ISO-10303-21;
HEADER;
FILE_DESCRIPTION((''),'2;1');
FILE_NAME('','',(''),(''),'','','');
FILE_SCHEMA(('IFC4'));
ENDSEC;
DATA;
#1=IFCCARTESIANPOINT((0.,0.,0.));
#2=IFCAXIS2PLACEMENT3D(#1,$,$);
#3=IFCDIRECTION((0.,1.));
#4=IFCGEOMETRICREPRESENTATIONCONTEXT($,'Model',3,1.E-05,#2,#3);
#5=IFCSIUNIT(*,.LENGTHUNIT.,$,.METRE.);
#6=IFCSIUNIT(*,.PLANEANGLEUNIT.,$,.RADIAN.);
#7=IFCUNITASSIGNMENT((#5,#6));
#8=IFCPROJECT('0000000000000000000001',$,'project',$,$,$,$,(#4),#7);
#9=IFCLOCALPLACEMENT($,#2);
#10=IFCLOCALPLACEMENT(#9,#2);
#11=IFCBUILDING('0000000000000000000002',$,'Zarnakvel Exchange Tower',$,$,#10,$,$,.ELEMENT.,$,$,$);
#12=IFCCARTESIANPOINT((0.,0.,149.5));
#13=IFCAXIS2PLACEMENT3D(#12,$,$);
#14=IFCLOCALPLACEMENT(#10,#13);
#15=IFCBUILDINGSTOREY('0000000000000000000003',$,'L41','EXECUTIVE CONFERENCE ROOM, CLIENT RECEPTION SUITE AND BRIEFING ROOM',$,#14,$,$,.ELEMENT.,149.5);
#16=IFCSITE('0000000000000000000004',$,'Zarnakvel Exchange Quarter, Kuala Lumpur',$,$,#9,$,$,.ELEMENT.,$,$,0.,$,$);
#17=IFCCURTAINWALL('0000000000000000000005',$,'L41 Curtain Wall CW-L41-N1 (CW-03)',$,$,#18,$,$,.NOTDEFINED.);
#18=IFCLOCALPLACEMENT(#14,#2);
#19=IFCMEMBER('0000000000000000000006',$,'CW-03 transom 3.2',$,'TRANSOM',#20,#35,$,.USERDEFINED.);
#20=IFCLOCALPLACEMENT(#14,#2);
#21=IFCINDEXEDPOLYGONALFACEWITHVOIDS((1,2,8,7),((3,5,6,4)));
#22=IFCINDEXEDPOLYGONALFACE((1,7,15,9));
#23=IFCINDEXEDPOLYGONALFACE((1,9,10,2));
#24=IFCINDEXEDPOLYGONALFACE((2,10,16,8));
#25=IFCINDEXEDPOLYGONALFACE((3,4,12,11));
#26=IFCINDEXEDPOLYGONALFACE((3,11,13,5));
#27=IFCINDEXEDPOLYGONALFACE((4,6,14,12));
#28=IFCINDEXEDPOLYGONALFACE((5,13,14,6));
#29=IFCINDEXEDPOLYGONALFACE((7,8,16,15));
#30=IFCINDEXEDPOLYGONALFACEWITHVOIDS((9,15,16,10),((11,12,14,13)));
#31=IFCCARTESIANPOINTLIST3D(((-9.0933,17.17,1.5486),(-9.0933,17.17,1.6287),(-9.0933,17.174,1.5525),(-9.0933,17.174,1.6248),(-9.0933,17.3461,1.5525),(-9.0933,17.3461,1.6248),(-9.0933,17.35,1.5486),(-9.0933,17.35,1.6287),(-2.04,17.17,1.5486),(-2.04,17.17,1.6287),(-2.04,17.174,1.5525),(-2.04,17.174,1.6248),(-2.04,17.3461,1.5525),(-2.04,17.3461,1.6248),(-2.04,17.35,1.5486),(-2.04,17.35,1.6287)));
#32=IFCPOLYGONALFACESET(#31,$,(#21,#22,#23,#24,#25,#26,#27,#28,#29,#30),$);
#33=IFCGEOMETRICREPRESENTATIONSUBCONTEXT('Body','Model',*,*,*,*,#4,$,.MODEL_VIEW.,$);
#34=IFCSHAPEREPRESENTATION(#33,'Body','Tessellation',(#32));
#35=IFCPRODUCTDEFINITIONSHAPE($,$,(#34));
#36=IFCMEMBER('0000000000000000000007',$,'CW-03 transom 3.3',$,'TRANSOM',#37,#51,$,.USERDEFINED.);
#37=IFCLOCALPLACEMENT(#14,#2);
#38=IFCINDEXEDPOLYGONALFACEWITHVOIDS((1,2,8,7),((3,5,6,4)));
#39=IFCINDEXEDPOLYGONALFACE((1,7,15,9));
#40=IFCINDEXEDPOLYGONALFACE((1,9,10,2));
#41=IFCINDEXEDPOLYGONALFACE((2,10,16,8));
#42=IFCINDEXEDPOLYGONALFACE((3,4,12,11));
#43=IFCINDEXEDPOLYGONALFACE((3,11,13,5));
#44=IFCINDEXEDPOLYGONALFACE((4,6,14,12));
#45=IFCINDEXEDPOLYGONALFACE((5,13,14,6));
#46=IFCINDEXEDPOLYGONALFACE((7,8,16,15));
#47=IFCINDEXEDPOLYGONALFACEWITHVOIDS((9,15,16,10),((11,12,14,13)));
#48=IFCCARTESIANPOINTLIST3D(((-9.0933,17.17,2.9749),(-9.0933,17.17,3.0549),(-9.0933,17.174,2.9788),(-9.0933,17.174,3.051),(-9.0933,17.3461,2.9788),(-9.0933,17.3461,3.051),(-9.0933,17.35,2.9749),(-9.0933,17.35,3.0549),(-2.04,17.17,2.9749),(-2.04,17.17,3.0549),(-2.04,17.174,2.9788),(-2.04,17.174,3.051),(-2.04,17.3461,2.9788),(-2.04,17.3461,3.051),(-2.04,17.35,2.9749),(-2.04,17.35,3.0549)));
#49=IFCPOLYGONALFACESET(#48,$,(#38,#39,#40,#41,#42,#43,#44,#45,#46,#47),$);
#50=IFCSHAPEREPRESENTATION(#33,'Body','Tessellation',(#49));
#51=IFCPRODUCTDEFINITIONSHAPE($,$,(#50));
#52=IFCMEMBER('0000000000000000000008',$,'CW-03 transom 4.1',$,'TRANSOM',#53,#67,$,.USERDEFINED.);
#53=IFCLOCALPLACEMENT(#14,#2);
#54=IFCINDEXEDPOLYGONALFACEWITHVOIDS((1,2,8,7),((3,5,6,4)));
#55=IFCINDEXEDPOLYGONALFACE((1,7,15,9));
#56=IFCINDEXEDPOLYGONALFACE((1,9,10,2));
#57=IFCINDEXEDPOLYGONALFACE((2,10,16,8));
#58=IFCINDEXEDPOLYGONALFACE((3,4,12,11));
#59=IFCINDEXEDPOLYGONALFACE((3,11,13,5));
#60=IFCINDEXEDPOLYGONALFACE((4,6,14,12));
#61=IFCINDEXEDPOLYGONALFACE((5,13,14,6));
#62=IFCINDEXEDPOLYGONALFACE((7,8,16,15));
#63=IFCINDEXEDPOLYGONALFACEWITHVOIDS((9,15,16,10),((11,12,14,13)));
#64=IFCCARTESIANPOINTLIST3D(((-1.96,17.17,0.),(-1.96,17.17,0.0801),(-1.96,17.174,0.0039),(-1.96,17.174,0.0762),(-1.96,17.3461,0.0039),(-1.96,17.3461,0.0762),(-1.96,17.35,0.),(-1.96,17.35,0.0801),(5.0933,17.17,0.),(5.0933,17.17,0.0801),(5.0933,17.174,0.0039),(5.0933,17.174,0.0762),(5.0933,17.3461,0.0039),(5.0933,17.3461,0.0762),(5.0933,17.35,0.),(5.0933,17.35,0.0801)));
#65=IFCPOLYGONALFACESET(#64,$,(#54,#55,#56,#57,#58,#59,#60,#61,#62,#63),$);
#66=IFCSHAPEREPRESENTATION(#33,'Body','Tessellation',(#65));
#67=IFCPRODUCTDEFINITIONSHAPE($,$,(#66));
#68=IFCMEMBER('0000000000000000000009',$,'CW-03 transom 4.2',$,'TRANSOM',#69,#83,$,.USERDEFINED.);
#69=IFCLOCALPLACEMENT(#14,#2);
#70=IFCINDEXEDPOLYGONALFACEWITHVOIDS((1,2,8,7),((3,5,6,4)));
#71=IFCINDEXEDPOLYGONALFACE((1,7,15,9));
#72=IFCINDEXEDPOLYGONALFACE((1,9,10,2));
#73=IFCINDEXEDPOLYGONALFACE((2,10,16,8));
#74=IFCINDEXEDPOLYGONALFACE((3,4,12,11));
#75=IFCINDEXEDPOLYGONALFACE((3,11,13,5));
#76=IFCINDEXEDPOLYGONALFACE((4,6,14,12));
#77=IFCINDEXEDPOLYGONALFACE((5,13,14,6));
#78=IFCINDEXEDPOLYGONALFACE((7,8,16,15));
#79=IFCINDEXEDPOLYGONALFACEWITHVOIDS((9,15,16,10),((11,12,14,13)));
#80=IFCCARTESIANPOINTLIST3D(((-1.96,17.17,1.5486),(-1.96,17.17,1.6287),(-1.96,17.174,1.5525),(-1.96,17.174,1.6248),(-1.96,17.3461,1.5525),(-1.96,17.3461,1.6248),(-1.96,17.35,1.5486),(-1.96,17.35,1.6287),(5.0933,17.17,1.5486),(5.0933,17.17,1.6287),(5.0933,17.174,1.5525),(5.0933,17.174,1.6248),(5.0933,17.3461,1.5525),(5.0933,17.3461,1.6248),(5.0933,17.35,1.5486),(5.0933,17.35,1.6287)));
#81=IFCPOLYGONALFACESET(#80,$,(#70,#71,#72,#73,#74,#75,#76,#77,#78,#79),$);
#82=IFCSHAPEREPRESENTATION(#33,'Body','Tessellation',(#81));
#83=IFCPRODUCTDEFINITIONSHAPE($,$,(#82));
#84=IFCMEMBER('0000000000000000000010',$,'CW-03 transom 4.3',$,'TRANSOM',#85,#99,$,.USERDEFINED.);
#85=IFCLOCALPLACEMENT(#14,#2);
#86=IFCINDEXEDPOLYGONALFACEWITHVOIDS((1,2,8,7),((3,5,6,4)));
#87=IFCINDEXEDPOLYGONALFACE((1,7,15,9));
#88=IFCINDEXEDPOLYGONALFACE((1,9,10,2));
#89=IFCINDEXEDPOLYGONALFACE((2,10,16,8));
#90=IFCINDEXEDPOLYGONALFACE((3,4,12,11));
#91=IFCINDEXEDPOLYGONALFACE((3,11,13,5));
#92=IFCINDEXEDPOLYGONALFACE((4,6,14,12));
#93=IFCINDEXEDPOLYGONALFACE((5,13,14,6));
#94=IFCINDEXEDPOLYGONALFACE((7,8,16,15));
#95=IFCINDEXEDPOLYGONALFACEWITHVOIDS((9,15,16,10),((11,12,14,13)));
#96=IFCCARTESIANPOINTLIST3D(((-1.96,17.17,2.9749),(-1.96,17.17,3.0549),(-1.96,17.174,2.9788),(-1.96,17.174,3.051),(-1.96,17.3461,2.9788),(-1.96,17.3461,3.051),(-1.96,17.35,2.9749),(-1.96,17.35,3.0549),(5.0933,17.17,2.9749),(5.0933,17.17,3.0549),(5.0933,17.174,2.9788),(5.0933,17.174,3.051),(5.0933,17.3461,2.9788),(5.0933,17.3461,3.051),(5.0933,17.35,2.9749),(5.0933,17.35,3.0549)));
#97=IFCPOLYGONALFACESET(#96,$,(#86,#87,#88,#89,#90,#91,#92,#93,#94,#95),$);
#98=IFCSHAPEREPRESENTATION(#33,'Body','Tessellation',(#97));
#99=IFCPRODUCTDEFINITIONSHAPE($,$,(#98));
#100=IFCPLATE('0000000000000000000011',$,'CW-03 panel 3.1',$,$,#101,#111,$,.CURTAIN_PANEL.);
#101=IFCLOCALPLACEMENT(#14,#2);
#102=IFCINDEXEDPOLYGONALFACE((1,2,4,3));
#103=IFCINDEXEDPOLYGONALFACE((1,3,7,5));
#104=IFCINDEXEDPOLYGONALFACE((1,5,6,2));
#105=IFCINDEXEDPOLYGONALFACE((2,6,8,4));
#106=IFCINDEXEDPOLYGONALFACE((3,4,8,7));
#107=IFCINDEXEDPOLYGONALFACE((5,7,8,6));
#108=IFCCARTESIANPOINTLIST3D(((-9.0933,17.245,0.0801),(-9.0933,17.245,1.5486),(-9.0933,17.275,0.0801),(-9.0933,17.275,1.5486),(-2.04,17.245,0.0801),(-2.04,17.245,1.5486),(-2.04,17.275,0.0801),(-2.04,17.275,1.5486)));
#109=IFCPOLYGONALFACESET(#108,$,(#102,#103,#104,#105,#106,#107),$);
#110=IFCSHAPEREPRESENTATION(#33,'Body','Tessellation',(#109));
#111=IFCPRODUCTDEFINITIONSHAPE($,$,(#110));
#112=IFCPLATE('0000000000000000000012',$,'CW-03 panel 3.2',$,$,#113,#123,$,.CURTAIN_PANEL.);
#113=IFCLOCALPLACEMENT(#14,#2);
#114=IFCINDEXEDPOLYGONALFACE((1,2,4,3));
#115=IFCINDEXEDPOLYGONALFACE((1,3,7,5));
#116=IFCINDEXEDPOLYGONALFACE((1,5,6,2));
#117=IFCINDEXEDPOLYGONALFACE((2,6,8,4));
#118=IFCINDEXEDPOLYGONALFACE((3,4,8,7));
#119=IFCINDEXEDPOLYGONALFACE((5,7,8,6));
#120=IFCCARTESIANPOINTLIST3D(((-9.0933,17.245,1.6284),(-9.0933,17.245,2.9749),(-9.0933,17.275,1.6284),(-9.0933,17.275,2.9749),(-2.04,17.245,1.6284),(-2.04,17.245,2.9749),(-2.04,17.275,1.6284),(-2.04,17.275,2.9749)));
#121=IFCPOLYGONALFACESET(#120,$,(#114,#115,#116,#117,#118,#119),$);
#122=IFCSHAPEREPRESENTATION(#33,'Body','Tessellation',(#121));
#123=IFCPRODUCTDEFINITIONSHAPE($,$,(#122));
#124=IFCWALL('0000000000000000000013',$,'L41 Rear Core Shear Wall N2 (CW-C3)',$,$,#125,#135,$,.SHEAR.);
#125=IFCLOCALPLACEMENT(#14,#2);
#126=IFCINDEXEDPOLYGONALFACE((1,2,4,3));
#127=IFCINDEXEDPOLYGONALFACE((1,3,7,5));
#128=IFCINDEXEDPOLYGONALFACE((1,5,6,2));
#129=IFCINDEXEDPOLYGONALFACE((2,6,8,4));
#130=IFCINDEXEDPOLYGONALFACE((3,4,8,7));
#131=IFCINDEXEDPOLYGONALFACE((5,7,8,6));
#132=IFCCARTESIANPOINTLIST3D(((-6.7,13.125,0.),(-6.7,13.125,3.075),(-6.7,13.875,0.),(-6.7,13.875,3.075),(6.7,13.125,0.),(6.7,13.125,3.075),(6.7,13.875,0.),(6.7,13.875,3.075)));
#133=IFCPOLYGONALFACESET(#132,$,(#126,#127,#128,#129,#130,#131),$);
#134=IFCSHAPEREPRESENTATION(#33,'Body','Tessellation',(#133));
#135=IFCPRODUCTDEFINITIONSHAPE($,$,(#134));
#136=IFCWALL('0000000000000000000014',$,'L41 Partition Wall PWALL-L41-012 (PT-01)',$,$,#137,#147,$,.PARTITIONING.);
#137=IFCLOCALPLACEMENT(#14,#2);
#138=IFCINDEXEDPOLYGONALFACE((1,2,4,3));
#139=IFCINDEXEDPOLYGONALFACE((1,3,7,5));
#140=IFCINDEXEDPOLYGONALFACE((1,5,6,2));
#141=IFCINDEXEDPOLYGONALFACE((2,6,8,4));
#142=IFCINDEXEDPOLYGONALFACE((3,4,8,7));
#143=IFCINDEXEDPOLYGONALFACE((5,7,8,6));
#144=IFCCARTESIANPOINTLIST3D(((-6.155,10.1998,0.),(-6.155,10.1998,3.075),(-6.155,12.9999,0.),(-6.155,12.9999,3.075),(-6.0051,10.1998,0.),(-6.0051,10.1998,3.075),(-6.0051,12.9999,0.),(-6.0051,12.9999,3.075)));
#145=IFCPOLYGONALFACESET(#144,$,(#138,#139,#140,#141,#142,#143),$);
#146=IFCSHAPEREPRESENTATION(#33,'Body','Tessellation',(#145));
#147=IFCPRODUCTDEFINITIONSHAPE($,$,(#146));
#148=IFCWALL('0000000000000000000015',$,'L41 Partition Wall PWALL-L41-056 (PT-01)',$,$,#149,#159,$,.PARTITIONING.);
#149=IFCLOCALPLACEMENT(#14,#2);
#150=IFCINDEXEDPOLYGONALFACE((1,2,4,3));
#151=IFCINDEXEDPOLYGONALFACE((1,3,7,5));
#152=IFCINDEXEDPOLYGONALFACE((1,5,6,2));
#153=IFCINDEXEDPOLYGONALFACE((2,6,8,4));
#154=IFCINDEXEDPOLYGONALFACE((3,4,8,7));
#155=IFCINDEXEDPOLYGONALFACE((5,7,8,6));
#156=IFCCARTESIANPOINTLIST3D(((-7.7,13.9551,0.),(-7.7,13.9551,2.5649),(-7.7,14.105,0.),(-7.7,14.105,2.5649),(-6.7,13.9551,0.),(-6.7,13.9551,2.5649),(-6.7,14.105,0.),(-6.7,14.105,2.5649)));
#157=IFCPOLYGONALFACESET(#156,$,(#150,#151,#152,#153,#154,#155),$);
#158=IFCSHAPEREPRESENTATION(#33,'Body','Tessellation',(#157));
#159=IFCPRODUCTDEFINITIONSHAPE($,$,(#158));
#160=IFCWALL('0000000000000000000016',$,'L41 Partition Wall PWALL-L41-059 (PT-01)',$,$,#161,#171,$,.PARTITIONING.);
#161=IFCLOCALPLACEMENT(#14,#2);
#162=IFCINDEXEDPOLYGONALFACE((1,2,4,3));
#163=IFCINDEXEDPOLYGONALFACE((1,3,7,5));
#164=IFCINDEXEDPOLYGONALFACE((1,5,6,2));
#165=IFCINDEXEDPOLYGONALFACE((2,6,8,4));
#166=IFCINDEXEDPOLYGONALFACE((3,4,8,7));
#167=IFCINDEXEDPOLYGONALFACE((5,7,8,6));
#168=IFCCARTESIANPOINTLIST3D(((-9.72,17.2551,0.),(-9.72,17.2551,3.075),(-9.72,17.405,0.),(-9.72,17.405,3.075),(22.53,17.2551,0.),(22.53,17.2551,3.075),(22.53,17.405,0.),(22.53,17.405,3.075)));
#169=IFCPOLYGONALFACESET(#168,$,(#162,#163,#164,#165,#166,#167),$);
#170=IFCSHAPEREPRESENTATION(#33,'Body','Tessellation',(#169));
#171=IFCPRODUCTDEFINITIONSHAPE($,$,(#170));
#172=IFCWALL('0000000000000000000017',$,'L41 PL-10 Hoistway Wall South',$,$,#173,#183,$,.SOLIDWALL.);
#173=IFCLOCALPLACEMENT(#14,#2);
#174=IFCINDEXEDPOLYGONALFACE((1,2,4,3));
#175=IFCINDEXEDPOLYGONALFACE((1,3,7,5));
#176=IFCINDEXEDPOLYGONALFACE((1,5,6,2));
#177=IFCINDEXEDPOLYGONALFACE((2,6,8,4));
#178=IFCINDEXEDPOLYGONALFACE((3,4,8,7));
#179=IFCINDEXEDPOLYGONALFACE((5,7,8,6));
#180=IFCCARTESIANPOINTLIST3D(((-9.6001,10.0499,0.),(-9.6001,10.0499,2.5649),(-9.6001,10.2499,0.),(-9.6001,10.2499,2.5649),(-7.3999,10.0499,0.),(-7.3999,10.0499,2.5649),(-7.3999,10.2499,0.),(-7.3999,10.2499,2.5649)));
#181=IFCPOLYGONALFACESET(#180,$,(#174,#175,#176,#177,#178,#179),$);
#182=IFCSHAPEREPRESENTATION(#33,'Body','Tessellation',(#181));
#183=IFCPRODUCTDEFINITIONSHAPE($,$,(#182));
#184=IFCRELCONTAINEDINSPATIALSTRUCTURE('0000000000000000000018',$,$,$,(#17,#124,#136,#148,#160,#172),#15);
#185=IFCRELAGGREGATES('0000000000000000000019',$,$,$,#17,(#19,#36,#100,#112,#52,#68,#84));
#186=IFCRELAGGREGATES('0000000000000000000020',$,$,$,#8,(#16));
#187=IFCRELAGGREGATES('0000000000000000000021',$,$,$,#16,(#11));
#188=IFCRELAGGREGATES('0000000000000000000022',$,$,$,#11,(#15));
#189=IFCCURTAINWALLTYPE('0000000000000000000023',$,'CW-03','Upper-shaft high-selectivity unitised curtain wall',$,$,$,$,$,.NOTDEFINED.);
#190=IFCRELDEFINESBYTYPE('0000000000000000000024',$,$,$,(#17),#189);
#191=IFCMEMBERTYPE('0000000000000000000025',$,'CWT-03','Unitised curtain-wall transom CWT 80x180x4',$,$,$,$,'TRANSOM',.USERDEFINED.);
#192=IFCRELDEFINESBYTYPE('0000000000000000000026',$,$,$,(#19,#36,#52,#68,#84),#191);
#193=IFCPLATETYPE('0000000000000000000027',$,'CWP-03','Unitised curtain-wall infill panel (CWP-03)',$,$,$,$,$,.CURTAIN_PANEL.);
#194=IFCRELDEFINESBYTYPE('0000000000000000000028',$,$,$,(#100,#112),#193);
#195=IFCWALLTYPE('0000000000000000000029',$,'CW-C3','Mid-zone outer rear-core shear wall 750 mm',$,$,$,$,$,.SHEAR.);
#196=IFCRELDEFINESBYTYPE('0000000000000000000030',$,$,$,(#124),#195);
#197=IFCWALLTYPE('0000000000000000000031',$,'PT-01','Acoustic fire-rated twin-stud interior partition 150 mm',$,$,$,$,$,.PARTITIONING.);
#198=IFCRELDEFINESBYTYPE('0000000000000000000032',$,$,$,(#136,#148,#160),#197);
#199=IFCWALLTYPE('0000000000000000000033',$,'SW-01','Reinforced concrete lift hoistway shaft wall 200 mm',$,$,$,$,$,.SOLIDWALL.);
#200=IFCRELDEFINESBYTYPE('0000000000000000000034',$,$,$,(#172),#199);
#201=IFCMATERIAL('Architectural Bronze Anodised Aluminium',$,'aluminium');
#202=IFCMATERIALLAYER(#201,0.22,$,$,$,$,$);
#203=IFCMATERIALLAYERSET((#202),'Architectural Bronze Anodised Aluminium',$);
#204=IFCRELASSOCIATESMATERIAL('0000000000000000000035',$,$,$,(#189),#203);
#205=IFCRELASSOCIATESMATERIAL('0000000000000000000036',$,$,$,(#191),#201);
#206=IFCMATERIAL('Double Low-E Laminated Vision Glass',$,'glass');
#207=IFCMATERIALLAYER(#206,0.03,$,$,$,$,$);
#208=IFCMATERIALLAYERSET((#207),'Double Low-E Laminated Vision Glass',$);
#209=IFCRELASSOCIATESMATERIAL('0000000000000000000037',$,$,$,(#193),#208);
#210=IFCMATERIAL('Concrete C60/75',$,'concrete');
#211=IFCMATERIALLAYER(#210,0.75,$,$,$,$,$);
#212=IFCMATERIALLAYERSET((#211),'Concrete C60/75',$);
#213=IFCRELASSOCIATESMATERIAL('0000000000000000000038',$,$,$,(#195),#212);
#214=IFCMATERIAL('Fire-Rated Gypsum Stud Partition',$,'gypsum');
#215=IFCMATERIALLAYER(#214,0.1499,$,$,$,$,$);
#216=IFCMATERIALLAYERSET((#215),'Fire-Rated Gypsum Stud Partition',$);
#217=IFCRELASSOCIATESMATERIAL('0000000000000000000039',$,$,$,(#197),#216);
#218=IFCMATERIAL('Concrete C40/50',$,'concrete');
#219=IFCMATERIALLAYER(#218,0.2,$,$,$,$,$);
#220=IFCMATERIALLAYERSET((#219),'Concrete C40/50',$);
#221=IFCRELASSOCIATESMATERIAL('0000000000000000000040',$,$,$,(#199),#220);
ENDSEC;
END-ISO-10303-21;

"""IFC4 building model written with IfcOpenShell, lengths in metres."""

from ifc_helpers import new_model, si_unit, direction, frame, frame_2d, origin, origin_2d, place, context, subcontext, project, spatial, rectangle, hollow_rectangle, extrude, source, transform, mapped, material, layer, layer_set, material_profile, profile_set, type_object, element, aggregate, save


model = new_model("IFC4")

# Units and contexts
model_context = context("Model", 3, precision=1e-05, world=origin(), true_north=direction((0.0, 1.0)))
body_context = subcontext(model_context, "Body", "Model", "MODEL_VIEW")
ifc_project = project(units=[si_unit("LENGTHUNIT", "METRE"), si_unit("PLANEANGLEUNIT", "RADIAN")], contexts=[model_context])

# Site, building, storey
site_placement = place(None, origin())
site = spatial("IfcSite", under=ifc_project, at=site_placement, Name="Zarnakvel Exchange Quarter, Kuala Lumpur", CompositionType="ELEMENT", RefElevation=0.0)
building_placement = place(site_placement, origin())
building = spatial("IfcBuilding", under=site, at=building_placement, Name="Zarnakvel Exchange Tower", CompositionType="ELEMENT")
storey_placement = place(building_placement, frame((0.0, 0.0, 149.5)))
storey = spatial("IfcBuildingStorey", under=building, at=storey_placement, Name="L41", Description="EXECUTIVE CONFERENCE ROOM, CLIENT RECEPTION SUITE AND BRIEFING ROOM", CompositionType="ELEMENT", Elevation=149.5)

# Shared definitions
ifc_material_1 = material(Name="Concrete C60/75", Category="concrete")

# Curtain wall, members, plates
ifc_material_2 = material(Name="Architectural Bronze Anodised Aluminium", Category="aluminium")
ifc_layer_1 = layer(ifc_material_2, 0.22)
ifc_layer_set_1 = layer_set([ifc_layer_1], Name="Architectural Bronze Anodised Aluminium")
curtain_wall_type = type_object("IfcCurtainWallType", Name="CW-03", Description="Upper-shaft high-selectivity unitised curtain wall", PredefinedType="NOTDEFINED", material=ifc_layer_set_1)
curtain_wall_placement = place(storey_placement, origin())
curtain_wall = element("IfcCurtainWall", 1, at=curtain_wall_placement, inside=storey, type_object=curtain_wall_type, Name="L41 Curtain Wall CW-L41-N1 (CW-03)", PredefinedType="NOTDEFINED")
ifc_material_profile_1 = material_profile(ifc_material_2, hollow_rectangle(XDim=0.1799, YDim=0.0801, WallThickness=0.0039, at=origin_2d()))
ifc_profile_set_1 = profile_set([ifc_material_profile_1], Name="Architectural Bronze Anodised Aluminium")
member_type_1 = type_object("IfcMemberType", Name="CWT-03", Description="Unitised curtain-wall transom CWT 80x180x4", ElementType="TRANSOM", PredefinedType="USERDEFINED", material=ifc_profile_set_1)
shared_shape_1 = source(origin(), body_context, "Body", "SweptSolid", [
    extrude(hollow_rectangle(XDim=0.1799, YDim=0.0801, WallThickness=0.0039, at=origin_2d()), origin(), (0.0, 0.0, 1.0), 7.0532),
])
member_1_placement = place(storey_placement, frame((-9.0933, 17.26, 1.5886), z_axis=(1.0, 0.0, 0.0), x_axis=(0.0, 1.0, 0.0)))
member_1 = element("IfcMember", 2, at=member_1_placement, type_object=member_type_1, Name="CW-03 transom 3.2", ObjectType="TRANSOM", PredefinedType="USERDEFINED", context=body_context, shape_type="MappedRepresentation", body=[
    mapped(shared_shape_1, transform((0.0, 0.0, 0.0), x_axis=(1.0, 0.0, 0.0), y_axis=(0.0, 1.0, 0.0), z_axis=(0.0, 0.0, 1.0), scale=1.0)),
])
member_2_placement = place(storey_placement, frame((-9.0933, 17.26, 3.0149), z_axis=(1.0, 0.0, 0.0), x_axis=(0.0, 1.0, 0.0)))
member_2 = element("IfcMember", 3, at=member_2_placement, type_object=member_type_1, Name="CW-03 transom 3.3", ObjectType="TRANSOM", PredefinedType="USERDEFINED", context=body_context, shape_type="MappedRepresentation", body=[
    mapped(shared_shape_1, transform((0.0, 0.0, 0.0), x_axis=(1.0, 0.0, 0.0), y_axis=(0.0, 1.0, 0.0), z_axis=(0.0, 0.0, 1.0), scale=1.0)),
])
member_3_placement = place(storey_placement, frame((-1.96, 17.26, 0.04), z_axis=(1.0, 0.0, 0.0), x_axis=(0.0, 1.0, 0.0)))
member_3 = element("IfcMember", 4, at=member_3_placement, type_object=member_type_1, Name="CW-03 transom 4.1", ObjectType="TRANSOM", PredefinedType="USERDEFINED", context=body_context, shape_type="MappedRepresentation", body=[
    mapped(shared_shape_1, transform((0.0, 0.0, 0.0), x_axis=(1.0, 0.0, 0.0), y_axis=(0.0, 1.0, 0.0), z_axis=(0.0, 0.0, 1.0), scale=1.0)),
])
member_4_placement = place(storey_placement, frame((-1.96, 17.26, 1.5886), z_axis=(1.0, 0.0, 0.0), x_axis=(0.0, 1.0, 0.0)))
member_4 = element("IfcMember", 5, at=member_4_placement, type_object=member_type_1, Name="CW-03 transom 4.2", ObjectType="TRANSOM", PredefinedType="USERDEFINED", context=body_context, shape_type="MappedRepresentation", body=[
    mapped(shared_shape_1, transform((0.0, 0.0, 0.0), x_axis=(1.0, 0.0, 0.0), y_axis=(0.0, 1.0, 0.0), z_axis=(0.0, 0.0, 1.0), scale=1.0)),
])
member_5_placement = place(storey_placement, frame((-1.96, 17.26, 3.0149), z_axis=(1.0, 0.0, 0.0), x_axis=(0.0, 1.0, 0.0)))
member_5 = element("IfcMember", 6, at=member_5_placement, type_object=member_type_1, Name="CW-03 transom 4.3", ObjectType="TRANSOM", PredefinedType="USERDEFINED", context=body_context, shape_type="MappedRepresentation", body=[
    mapped(shared_shape_1, transform((0.0, 0.0, 0.0), x_axis=(1.0, 0.0, 0.0), y_axis=(0.0, 1.0, 0.0), z_axis=(0.0, 0.0, 1.0), scale=1.0)),
])
ifc_material_3 = material(Name="Double Low-E Laminated Vision Glass", Category="glass")
ifc_layer_2 = layer(ifc_material_3, 0.03)
ifc_layer_set_2 = layer_set([ifc_layer_2], Name="Double Low-E Laminated Vision Glass")
plate_type = type_object("IfcPlateType", Name="CWP-03", Description="Unitised curtain-wall infill panel (CWP-03)", PredefinedType="CURTAIN_PANEL", material=ifc_layer_set_2)
shared_shape_2 = source(origin(), body_context, "Body", "SweptSolid", [
    extrude(rectangle(XDim=7.0532, YDim=0.03, at=origin_2d()), origin(), (0.0, 0.0, 1.0), 1.4685),
])
plate_1_placement = place(storey_placement, frame((-5.5667, 17.26, 0.0801), z_axis=(0.0, 0.0, 1.0), x_axis=(1.0, 0.0, 0.0)))
plate_1 = element("IfcPlate", 7, at=plate_1_placement, type_object=plate_type, Name="CW-03 panel 3.1", PredefinedType="CURTAIN_PANEL", context=body_context, shape_type="MappedRepresentation", body=[
    mapped(shared_shape_2, transform((0.0, 0.0, 0.0), x_axis=(1.0, 0.0, 0.0), y_axis=(0.0, 1.0, 0.0), z_axis=(0.0, 0.0, 1.0), scale=1.0)),
])
shared_shape_3 = source(origin(), body_context, "Body", "SweptSolid", [
    extrude(rectangle(XDim=7.0532, YDim=0.03, at=origin_2d()), origin(), (0.0, 0.0, 1.0), 1.3464),
])
plate_2_placement = place(storey_placement, frame((-5.5667, 17.26, 1.6284), z_axis=(0.0, 0.0, 1.0), x_axis=(1.0, 0.0, 0.0)))
plate_2 = element("IfcPlate", 8, at=plate_2_placement, type_object=plate_type, Name="CW-03 panel 3.2", PredefinedType="CURTAIN_PANEL", context=body_context, shape_type="MappedRepresentation", body=[
    mapped(shared_shape_3, transform((0.0, 0.0, 0.0), x_axis=(1.0, 0.0, 0.0), y_axis=(0.0, 1.0, 0.0), z_axis=(0.0, 0.0, 1.0), scale=1.0)),
])
aggregate(curtain_wall, [member_1, member_2, plate_1, plate_2, member_3, member_4, member_5])

# Walls
ifc_layer_3 = layer(ifc_material_1, 0.75)
ifc_layer_set_3 = layer_set([ifc_layer_3], Name="Concrete C60/75")
wall_type_1 = type_object("IfcWallType", Name="CW-C3", Description="Mid-zone outer rear-core shear wall 750 mm", PredefinedType="SHEAR", material=ifc_layer_set_3)
wall_1_placement = place(storey_placement, frame((-6.7, 13.5, 0.0), z_axis=(0.0, 0.0, 1.0), x_axis=(1.0, 0.0, 0.0)))
element("IfcWall", 9, at=wall_1_placement, inside=storey, type_object=wall_type_1, Name="L41 Rear Core Shear Wall N2 (CW-C3)", PredefinedType="SHEAR", context=body_context, shape_type="SweptSolid", body=[
    extrude(rectangle(XDim=13.3999, YDim=0.75, at=frame_2d((6.7, 0.0))), origin(), (0.0, 0.0, 1.0), 3.075),
])
ifc_material_4 = material(Name="Fire-Rated Gypsum Stud Partition", Category="gypsum")
ifc_layer_4 = layer(ifc_material_4, 0.1499)
ifc_layer_set_4 = layer_set([ifc_layer_4], Name="Fire-Rated Gypsum Stud Partition")
wall_type_2 = type_object("IfcWallType", Name="PT-01", Description="Acoustic fire-rated twin-stud interior partition 150 mm", PredefinedType="PARTITIONING", material=ifc_layer_set_4)
wall_2_placement = place(storey_placement, frame((-6.0801, 10.2, 0.0), z_axis=(0.0, 0.0, 1.0), x_axis=(0.0, 1.0, 0.0)))
element("IfcWall", 10, at=wall_2_placement, inside=storey, type_object=wall_type_2, Name="L41 Partition Wall PWALL-L41-012 (PT-01)", PredefinedType="PARTITIONING", context=body_context, shape_type="SweptSolid", body=[
    extrude(rectangle(XDim=2.8, YDim=0.1499, at=frame_2d((1.3999, 0.0))), origin(), (0.0, 0.0, 1.0), 3.075),
])
wall_3_placement = place(storey_placement, frame((-6.7, 14.03, 0.0), z_axis=(0.0, 0.0, 1.0), x_axis=(-1.0, 0.0, 0.0)))
element("IfcWall", 11, at=wall_3_placement, inside=storey, type_object=wall_type_2, Name="L41 Partition Wall PWALL-L41-056 (PT-01)", PredefinedType="PARTITIONING", context=body_context, shape_type="SweptSolid", body=[
    extrude(rectangle(XDim=1.0, YDim=0.1499, at=frame_2d((0.5, 0.0))), origin(), (0.0, 0.0, 1.0), 2.5649),
])
wall_4_placement = place(storey_placement, frame((-9.72, 17.3301, 0.0), z_axis=(0.0, 0.0, 1.0), x_axis=(1.0, 0.0, 0.0)))
element("IfcWall", 12, at=wall_4_placement, inside=storey, type_object=wall_type_2, Name="L41 Partition Wall PWALL-L41-059 (PT-01)", PredefinedType="PARTITIONING", context=body_context, shape_type="SweptSolid", body=[
    extrude(rectangle(XDim=32.25, YDim=0.1499, at=frame_2d((16.125, 0.0))), origin(), (0.0, 0.0, 1.0), 3.075),
])

# Wall
ifc_material_5 = material(Name="Concrete C40/50", Category="concrete")
ifc_layer_5 = layer(ifc_material_5, 0.2)
ifc_layer_set_5 = layer_set([ifc_layer_5], Name="Concrete C40/50")
wall_type_3 = type_object("IfcWallType", Name="SW-01", Description="Reinforced concrete lift hoistway shaft wall 200 mm", PredefinedType="SOLIDWALL", material=ifc_layer_set_5)
for number, where, z_axis, x_axis, name in (
    (13, (-7.3999, 10.1499, 0.0), (0.0, 0.0, 1.0), (-1.0, 0.0, 0.0), "L41 PL-10 Hoistway Wall South"),
):
    element("IfcWall", number, at=place(storey_placement, frame(where, z_axis=z_axis, x_axis=x_axis)), inside=storey, type_object=wall_type_3, Name=name, PredefinedType="SOLIDWALL", context=body_context, shape_type="SweptSolid", body=[
        extrude(rectangle(XDim=2.2002, YDim=0.2, at=frame_2d((1.1001, 0.0))), origin(), (0.0, 0.0, 1.0), 2.5649),
    ])

save(model, "model.ifc")
